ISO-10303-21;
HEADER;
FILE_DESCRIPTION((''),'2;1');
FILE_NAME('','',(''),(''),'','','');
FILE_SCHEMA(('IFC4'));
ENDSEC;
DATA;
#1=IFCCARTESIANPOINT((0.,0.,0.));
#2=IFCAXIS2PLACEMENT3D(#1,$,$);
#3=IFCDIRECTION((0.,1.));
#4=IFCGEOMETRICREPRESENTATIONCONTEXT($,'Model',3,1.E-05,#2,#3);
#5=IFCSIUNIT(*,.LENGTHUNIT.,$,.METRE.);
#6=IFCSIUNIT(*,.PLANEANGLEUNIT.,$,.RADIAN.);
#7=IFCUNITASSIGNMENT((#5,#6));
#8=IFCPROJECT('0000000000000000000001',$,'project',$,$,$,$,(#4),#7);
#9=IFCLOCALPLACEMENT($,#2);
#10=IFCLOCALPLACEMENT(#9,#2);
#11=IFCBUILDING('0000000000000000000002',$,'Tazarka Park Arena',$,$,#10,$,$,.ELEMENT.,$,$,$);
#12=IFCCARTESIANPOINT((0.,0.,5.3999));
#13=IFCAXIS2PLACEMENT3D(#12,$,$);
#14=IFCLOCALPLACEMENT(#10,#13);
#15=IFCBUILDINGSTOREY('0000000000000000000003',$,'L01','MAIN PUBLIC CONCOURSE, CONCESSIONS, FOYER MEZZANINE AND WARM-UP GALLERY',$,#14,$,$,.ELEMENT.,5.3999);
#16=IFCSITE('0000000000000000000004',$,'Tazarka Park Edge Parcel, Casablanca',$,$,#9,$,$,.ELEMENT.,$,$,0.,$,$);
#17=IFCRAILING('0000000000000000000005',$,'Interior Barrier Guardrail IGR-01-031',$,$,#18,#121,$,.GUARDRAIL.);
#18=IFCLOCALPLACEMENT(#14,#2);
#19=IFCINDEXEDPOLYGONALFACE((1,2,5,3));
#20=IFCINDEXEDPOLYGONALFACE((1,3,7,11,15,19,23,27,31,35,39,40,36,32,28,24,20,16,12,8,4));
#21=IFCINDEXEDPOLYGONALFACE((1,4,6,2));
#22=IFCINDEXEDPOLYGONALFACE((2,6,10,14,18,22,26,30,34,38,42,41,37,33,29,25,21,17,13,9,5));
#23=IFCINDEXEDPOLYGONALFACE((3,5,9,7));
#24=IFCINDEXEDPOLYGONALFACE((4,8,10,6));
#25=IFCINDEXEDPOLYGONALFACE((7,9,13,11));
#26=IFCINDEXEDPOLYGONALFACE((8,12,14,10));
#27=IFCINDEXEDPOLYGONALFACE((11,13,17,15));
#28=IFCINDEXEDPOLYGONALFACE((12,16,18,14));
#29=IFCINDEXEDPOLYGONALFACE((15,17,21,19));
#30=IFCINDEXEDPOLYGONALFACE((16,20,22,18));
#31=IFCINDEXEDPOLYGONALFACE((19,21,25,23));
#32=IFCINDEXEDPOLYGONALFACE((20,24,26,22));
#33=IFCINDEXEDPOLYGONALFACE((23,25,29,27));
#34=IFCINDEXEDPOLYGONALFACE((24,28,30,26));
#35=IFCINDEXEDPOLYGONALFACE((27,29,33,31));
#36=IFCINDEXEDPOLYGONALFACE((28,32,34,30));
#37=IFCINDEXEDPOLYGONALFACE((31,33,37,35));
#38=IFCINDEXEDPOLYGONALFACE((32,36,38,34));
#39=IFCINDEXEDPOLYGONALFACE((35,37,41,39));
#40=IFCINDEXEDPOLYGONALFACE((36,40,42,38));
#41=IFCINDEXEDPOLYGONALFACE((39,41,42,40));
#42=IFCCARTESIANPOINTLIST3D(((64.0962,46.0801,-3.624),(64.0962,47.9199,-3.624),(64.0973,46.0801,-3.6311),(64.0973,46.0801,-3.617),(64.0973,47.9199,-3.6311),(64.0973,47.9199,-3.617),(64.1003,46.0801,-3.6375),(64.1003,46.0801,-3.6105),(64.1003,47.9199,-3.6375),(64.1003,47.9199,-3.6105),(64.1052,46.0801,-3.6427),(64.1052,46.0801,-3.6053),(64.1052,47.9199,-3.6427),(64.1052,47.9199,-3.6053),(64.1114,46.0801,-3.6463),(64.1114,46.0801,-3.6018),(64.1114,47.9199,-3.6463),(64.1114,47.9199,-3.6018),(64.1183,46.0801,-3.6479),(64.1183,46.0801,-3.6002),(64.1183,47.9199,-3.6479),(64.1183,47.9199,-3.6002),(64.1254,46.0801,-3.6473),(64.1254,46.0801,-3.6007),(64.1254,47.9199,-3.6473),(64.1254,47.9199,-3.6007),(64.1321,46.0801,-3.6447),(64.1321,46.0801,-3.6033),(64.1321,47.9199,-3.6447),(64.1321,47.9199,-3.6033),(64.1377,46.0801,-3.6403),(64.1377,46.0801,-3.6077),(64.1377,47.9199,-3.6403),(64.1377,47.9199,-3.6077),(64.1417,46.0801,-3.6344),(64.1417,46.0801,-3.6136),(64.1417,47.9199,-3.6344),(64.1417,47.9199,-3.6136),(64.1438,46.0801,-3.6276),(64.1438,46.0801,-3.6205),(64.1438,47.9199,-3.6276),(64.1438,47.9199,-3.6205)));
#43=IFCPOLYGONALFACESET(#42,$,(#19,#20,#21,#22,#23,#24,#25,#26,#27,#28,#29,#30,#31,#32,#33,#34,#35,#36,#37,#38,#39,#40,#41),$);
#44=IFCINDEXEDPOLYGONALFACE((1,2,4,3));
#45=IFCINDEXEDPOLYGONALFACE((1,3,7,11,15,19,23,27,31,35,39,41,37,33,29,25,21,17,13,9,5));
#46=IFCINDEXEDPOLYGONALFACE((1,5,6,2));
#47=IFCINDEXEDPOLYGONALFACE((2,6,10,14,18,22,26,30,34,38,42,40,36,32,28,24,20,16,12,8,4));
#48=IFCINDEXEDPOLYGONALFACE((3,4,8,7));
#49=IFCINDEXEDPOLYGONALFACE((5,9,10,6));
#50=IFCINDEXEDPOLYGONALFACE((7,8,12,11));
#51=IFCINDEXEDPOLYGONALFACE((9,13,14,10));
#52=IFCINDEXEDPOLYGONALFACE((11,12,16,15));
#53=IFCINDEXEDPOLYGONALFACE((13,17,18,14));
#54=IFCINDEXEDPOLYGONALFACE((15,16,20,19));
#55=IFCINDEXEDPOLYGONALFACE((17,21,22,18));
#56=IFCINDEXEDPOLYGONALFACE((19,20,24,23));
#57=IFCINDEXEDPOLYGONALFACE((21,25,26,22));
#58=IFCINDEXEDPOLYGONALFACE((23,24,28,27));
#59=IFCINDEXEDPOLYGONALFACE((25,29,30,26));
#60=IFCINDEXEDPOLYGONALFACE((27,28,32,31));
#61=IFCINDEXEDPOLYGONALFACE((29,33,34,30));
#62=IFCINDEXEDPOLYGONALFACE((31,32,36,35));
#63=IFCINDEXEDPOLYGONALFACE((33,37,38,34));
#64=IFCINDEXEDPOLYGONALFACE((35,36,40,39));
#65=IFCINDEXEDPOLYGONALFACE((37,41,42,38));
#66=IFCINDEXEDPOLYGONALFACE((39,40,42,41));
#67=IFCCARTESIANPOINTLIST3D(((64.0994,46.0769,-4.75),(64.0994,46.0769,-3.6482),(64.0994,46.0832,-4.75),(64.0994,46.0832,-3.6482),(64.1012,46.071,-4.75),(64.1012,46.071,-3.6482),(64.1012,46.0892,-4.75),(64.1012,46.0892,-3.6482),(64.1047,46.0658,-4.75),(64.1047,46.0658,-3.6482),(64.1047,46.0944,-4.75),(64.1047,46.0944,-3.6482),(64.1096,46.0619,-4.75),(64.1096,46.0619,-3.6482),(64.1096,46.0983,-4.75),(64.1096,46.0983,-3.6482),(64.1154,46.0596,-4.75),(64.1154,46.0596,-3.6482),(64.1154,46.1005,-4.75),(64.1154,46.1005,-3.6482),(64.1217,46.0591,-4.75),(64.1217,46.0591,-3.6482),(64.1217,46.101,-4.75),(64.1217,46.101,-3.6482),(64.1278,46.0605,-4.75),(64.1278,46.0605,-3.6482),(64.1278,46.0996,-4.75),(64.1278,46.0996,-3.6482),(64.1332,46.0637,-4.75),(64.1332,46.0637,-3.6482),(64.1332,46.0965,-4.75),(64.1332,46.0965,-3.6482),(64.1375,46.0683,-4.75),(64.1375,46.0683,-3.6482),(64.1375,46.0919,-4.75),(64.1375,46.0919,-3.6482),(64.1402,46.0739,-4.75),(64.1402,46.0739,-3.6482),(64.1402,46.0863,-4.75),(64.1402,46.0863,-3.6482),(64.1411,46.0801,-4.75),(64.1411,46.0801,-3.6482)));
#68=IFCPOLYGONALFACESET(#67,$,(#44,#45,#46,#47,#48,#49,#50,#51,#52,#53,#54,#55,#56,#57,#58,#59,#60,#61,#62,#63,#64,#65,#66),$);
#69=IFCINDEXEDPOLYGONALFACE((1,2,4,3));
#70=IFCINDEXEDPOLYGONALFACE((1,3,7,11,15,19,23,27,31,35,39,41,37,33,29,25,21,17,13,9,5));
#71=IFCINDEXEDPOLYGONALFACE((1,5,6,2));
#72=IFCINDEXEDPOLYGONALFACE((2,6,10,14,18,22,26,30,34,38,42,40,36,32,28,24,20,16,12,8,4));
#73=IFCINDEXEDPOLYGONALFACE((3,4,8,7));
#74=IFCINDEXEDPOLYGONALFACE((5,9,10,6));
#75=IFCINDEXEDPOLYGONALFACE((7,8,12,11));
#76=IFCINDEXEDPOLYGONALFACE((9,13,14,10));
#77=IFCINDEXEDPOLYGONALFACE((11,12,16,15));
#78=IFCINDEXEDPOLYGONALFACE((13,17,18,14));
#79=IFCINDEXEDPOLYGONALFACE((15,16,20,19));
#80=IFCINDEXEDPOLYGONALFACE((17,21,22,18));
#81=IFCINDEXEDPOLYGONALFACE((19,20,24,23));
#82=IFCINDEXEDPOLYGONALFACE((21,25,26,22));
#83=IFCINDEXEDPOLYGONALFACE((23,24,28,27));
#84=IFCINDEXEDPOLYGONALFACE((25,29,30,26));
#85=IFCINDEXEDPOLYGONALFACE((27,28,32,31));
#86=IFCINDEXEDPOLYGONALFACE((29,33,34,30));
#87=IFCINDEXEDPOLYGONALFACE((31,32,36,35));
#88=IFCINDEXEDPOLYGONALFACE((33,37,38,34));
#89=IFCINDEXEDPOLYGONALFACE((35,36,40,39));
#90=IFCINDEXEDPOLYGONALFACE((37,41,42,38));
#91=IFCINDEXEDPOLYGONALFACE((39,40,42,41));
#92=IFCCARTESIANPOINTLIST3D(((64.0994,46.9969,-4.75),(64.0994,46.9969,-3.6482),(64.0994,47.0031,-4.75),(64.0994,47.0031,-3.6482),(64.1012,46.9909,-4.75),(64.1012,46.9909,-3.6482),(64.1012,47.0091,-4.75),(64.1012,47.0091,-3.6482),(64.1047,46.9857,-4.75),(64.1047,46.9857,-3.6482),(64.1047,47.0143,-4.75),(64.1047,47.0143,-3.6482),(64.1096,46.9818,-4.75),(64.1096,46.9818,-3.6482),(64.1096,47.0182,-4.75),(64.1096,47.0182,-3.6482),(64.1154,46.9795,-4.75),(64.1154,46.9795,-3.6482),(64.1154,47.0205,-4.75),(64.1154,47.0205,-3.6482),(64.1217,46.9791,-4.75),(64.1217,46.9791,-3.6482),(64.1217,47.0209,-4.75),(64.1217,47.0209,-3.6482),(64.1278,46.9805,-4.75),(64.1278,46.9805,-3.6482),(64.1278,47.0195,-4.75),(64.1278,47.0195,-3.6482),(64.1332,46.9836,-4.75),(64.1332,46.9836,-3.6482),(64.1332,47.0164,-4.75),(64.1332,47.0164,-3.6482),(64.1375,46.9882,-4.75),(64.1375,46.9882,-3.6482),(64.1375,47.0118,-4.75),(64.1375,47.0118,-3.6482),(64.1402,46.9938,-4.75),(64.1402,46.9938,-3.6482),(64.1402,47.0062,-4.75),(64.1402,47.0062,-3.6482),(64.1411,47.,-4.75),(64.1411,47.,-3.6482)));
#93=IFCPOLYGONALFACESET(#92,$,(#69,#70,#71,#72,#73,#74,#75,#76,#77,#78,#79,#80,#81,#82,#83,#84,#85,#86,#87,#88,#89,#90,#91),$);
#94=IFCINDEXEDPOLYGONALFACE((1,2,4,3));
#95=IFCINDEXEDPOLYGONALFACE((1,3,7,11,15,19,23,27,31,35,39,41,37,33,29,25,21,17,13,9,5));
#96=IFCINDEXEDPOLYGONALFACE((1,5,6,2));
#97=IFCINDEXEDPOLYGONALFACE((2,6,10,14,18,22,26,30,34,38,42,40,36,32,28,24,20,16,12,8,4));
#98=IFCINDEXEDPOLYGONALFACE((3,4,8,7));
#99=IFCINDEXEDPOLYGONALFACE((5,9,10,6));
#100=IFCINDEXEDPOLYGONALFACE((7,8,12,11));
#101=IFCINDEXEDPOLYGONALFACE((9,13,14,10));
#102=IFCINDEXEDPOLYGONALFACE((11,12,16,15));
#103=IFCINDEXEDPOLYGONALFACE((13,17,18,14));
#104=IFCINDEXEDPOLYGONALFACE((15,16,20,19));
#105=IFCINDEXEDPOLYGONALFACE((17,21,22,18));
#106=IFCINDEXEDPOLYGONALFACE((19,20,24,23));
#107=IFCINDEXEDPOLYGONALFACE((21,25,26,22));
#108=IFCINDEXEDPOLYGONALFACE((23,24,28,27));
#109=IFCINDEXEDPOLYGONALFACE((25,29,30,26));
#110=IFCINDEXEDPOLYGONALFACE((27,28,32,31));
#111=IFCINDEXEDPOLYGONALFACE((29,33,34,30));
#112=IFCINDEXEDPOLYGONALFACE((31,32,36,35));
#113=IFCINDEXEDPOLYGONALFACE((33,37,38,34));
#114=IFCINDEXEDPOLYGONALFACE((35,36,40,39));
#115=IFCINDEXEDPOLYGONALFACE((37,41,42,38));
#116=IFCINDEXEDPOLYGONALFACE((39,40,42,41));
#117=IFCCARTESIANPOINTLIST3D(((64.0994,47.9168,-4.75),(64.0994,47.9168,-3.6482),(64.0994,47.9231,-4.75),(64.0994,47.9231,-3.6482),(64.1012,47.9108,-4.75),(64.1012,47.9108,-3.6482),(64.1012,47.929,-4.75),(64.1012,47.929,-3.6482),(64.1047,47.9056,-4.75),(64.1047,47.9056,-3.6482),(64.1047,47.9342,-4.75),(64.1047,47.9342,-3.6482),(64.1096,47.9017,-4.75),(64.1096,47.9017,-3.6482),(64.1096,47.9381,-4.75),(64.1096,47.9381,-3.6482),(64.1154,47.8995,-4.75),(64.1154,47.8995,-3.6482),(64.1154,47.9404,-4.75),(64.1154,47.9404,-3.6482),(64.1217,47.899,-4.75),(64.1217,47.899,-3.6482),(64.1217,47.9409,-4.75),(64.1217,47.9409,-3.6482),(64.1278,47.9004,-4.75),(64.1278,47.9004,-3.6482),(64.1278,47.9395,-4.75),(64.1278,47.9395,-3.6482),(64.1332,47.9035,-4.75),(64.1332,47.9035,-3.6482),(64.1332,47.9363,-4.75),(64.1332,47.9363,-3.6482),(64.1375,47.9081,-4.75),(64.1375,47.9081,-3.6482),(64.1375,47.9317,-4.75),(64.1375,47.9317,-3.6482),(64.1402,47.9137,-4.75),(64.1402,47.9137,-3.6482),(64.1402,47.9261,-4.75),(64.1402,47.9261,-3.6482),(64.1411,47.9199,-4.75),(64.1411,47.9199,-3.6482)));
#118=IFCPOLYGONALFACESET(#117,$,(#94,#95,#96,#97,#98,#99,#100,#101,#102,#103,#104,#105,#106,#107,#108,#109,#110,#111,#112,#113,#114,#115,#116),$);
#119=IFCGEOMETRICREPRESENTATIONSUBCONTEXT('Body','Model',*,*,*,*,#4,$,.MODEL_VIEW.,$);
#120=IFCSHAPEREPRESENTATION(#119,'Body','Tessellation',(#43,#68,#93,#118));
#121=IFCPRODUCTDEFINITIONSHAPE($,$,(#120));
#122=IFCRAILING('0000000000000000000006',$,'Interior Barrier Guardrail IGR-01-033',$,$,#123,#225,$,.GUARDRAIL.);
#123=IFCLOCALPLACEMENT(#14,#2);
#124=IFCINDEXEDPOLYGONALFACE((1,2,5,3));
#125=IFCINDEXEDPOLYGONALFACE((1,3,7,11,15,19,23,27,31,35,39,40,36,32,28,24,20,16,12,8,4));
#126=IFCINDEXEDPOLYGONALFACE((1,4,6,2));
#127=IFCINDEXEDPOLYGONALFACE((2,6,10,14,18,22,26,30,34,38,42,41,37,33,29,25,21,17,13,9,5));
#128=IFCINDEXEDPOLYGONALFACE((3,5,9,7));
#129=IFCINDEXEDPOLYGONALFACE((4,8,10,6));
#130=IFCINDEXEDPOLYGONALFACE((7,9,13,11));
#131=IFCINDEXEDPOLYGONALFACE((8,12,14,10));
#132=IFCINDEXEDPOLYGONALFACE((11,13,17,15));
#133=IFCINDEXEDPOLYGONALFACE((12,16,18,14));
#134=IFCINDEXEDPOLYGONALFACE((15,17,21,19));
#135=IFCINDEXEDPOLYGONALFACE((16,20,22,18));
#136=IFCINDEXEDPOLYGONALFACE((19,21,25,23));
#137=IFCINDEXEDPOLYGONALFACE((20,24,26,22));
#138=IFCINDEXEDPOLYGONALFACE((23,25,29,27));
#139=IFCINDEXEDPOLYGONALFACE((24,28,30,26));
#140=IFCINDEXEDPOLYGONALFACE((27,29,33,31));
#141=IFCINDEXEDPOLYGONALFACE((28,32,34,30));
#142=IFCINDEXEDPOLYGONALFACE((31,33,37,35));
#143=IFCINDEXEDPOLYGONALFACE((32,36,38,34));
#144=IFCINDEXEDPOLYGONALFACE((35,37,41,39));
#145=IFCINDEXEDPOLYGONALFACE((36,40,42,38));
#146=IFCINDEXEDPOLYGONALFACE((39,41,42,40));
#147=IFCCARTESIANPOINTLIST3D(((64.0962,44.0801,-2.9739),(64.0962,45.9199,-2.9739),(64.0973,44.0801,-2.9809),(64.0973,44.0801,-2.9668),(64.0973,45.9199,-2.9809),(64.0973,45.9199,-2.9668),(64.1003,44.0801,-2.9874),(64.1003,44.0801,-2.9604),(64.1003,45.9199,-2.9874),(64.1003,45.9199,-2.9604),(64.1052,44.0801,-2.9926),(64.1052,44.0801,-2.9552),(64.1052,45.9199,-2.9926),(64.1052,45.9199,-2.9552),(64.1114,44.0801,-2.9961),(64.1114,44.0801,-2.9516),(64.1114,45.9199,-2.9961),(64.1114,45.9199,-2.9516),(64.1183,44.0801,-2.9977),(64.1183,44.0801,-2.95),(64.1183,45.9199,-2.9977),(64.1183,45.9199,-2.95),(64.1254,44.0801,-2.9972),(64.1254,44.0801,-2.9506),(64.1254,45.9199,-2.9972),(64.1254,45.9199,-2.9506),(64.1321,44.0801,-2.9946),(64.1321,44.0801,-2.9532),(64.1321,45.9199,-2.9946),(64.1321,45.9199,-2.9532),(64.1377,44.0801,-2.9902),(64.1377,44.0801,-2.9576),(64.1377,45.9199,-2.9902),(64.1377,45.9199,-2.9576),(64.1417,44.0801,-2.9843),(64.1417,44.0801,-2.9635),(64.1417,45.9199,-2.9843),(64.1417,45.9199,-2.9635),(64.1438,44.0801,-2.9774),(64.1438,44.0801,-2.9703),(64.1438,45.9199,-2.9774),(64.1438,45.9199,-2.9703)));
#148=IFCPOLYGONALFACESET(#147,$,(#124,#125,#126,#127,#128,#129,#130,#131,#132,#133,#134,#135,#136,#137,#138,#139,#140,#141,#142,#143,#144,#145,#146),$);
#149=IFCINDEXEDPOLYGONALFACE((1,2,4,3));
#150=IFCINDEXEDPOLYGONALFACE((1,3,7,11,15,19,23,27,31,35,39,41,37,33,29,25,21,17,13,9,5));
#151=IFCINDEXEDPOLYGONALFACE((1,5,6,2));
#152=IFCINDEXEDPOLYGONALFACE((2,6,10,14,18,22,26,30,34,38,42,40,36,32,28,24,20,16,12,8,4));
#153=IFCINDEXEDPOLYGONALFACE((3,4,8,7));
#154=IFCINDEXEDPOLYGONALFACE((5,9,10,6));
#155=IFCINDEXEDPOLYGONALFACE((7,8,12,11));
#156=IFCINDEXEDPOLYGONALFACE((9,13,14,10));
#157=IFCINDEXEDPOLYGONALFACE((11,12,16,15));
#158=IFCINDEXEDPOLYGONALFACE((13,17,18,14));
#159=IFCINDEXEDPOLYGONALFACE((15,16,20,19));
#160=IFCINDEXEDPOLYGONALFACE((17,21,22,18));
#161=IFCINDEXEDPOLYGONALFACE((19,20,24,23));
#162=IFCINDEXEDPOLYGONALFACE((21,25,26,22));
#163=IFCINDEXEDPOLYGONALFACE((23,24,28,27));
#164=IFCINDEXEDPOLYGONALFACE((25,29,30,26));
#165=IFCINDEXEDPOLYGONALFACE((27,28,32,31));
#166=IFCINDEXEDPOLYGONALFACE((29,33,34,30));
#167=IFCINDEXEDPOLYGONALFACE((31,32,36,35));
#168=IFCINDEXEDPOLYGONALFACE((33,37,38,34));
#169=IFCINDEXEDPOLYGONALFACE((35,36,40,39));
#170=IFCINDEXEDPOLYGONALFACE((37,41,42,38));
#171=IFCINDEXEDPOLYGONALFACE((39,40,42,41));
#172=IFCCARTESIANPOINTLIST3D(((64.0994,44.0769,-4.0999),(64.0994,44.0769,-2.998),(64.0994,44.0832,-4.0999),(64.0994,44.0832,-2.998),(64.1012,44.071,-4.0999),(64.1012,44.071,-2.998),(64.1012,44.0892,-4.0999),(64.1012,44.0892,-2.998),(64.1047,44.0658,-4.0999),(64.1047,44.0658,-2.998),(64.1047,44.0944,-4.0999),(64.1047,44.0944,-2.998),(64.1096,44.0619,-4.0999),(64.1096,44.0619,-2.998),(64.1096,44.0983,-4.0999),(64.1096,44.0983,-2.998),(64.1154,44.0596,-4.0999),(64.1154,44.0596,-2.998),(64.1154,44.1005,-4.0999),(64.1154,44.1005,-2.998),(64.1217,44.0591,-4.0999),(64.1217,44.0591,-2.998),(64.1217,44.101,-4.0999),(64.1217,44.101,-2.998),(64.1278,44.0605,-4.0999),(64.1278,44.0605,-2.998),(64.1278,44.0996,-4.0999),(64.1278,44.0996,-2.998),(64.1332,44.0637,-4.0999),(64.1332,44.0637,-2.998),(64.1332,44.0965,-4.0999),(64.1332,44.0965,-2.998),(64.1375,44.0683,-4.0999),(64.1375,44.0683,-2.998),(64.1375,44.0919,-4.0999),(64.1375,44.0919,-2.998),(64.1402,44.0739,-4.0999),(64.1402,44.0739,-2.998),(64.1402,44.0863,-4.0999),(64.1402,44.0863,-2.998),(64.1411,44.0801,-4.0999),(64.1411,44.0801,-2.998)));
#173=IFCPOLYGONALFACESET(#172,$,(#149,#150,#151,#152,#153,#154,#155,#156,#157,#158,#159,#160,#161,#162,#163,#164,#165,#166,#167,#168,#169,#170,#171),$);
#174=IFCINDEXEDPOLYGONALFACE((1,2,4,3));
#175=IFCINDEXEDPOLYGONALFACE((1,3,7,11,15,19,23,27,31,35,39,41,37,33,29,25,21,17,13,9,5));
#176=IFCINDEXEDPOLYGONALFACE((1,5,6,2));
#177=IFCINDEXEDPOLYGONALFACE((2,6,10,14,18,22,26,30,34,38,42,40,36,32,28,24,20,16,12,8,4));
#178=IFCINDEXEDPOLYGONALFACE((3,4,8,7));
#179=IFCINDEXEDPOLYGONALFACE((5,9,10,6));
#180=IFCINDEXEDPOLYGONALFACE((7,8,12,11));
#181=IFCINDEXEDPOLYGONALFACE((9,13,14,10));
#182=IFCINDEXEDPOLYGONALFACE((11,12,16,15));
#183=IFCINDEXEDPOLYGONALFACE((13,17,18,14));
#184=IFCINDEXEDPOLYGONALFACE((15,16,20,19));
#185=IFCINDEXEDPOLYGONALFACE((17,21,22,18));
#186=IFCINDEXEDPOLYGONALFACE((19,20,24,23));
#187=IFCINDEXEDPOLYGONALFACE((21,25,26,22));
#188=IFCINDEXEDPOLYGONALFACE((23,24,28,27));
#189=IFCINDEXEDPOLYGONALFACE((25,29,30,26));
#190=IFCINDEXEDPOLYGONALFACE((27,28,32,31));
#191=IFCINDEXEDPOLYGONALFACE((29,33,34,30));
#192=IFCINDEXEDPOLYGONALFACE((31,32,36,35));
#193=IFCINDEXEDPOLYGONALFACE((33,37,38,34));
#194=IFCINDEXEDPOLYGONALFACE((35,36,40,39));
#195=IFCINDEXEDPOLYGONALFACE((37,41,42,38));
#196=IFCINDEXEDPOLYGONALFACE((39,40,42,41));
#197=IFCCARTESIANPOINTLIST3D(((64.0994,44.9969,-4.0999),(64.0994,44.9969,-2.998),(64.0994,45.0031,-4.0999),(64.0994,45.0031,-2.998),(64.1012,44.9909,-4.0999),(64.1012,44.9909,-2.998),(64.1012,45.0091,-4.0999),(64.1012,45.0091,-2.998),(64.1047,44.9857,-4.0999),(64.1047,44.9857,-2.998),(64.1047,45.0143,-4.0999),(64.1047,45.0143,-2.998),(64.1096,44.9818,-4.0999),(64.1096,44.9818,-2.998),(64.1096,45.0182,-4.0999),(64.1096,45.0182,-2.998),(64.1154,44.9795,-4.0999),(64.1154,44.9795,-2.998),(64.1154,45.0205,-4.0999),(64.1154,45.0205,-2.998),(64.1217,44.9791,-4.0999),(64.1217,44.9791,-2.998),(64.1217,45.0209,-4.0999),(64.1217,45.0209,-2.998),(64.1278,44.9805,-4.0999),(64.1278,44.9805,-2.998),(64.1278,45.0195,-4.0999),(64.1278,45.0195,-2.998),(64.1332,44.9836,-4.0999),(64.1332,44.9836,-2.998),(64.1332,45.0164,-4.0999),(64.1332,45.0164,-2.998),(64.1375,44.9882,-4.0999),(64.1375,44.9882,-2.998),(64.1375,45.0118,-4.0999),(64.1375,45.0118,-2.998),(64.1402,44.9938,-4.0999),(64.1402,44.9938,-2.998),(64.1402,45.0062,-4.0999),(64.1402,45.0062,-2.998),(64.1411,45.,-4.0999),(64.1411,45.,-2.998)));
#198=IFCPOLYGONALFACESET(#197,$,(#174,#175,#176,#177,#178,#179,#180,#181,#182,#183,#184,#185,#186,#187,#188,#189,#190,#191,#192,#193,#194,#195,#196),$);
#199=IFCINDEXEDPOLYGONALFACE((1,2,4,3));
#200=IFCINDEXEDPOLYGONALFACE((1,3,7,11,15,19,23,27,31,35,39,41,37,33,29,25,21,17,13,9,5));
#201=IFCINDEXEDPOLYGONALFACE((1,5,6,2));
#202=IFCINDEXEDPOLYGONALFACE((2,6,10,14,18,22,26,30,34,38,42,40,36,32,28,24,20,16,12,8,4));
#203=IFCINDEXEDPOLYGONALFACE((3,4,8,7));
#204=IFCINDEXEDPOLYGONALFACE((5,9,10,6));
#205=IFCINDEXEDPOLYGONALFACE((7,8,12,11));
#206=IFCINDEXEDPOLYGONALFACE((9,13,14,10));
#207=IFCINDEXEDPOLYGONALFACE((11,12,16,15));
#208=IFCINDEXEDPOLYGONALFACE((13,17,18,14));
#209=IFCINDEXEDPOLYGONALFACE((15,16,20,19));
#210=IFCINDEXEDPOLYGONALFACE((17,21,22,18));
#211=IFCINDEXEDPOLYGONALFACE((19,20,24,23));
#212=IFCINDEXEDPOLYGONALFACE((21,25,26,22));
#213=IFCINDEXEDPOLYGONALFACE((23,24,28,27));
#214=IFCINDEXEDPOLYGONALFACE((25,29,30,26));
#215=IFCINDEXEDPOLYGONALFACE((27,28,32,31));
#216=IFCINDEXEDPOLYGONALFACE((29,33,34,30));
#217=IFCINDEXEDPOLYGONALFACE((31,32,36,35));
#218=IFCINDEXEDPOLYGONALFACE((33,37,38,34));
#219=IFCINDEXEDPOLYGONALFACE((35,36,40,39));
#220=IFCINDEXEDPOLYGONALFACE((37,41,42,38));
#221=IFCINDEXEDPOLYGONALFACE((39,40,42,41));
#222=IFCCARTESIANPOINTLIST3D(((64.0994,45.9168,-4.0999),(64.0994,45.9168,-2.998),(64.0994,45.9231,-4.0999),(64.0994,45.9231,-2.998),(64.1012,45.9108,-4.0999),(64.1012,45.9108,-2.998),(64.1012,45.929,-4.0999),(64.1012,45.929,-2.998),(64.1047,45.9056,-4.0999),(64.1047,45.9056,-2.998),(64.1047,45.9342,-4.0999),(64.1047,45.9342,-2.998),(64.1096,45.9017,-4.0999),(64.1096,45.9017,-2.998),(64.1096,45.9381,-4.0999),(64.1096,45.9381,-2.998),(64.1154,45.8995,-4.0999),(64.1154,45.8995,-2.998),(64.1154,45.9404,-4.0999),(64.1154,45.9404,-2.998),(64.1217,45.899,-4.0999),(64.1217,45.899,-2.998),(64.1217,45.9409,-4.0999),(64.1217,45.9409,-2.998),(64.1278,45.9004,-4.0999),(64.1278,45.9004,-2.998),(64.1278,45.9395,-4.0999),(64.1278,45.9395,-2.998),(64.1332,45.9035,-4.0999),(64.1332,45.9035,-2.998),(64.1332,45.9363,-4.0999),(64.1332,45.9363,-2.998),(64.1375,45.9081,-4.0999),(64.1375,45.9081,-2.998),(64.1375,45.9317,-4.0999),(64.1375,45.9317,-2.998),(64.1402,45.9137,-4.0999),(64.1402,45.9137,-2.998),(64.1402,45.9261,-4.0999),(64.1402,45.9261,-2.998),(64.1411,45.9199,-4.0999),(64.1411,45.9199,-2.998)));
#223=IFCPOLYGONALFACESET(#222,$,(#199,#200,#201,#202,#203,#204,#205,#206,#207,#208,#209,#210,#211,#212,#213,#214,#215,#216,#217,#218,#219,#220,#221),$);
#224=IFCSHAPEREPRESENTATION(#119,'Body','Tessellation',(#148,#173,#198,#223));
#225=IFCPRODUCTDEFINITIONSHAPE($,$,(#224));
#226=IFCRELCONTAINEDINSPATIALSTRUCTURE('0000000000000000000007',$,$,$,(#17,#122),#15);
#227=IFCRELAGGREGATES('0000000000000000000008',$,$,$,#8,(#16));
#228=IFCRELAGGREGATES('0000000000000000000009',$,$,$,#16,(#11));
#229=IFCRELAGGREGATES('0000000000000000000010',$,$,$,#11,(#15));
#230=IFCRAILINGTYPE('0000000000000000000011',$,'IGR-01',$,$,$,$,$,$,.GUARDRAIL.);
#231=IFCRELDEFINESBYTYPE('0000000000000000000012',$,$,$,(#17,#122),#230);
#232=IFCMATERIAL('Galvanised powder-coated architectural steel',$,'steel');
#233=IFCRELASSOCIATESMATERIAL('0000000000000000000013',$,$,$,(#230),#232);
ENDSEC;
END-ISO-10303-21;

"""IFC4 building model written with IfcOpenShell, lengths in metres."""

from ifc_helpers import new_model, si_unit, direction, frame, origin, origin_2d, place, context, subcontext, project, spatial, circle, extrude, material, type_object, element, save


model = new_model("IFC4")

# Units and contexts
model_context = context("Model", 3, precision=1e-05, world=origin(), true_north=direction((0.0, 1.0)))
body_context = subcontext(model_context, "Body", "Model", "MODEL_VIEW")
ifc_project = project(units=[si_unit("LENGTHUNIT", "METRE"), si_unit("PLANEANGLEUNIT", "RADIAN")], contexts=[model_context])

# Site, building, storey
site_placement = place(None, origin())
site = spatial("IfcSite", under=ifc_project, at=site_placement, Name="Tazarka Park Edge Parcel, Casablanca", CompositionType="ELEMENT", RefElevation=0.0)
building_placement = place(site_placement, origin())
building = spatial("IfcBuilding", under=site, at=building_placement, Name="Tazarka Park Arena", CompositionType="ELEMENT")
storey_placement = place(building_placement, frame((0.0, 0.0, 5.3999)))
storey = spatial("IfcBuildingStorey", under=building, at=storey_placement, Name="L01", Description="MAIN PUBLIC CONCOURSE, CONCESSIONS, FOYER MEZZANINE AND WARM-UP GALLERY", CompositionType="ELEMENT", Elevation=5.3999)

# Railings
ifc_material_1 = material(Name="Galvanised powder-coated architectural steel", Category="steel")
railing_type = type_object("IfcRailingType", Name="IGR-01", PredefinedType="GUARDRAIL", material=ifc_material_1)
for number, where, name in (
    (1, (64.1201, 46.0801, -4.75), "Interior Barrier Guardrail IGR-01-031"),
    (2, (64.1201, 44.0801, -4.0999), "Interior Barrier Guardrail IGR-01-033"),
):
    element("IfcRailing", number, at=place(storey_placement, frame(where)), inside=storey, type_object=railing_type, Name=name, PredefinedType="GUARDRAIL", context=body_context, shape_type="SweptSolid", body=[
        extrude(circle(Radius=0.0239, at=origin_2d()), frame((0.0, 0.0, 1.126), z_axis=(0.0, 1.0, 0.0), x_axis=(-1.0, 0.0, 0.0)), (0.0, 0.0, 1.0), 1.8398),
        extrude(circle(Radius=0.021, at=origin_2d()), origin(), (0.0, 0.0, 1.0), 1.1018),
        extrude(circle(Radius=0.021, at=origin_2d()), frame((0.0, 0.9199, 0.0)), (0.0, 0.0, 1.0), 1.1018),
        extrude(circle(Radius=0.021, at=origin_2d()), frame((0.0, 1.8398, 0.0)), (0.0, 0.0, 1.0), 1.1018),
    ])

save(model, "model.ifc")
